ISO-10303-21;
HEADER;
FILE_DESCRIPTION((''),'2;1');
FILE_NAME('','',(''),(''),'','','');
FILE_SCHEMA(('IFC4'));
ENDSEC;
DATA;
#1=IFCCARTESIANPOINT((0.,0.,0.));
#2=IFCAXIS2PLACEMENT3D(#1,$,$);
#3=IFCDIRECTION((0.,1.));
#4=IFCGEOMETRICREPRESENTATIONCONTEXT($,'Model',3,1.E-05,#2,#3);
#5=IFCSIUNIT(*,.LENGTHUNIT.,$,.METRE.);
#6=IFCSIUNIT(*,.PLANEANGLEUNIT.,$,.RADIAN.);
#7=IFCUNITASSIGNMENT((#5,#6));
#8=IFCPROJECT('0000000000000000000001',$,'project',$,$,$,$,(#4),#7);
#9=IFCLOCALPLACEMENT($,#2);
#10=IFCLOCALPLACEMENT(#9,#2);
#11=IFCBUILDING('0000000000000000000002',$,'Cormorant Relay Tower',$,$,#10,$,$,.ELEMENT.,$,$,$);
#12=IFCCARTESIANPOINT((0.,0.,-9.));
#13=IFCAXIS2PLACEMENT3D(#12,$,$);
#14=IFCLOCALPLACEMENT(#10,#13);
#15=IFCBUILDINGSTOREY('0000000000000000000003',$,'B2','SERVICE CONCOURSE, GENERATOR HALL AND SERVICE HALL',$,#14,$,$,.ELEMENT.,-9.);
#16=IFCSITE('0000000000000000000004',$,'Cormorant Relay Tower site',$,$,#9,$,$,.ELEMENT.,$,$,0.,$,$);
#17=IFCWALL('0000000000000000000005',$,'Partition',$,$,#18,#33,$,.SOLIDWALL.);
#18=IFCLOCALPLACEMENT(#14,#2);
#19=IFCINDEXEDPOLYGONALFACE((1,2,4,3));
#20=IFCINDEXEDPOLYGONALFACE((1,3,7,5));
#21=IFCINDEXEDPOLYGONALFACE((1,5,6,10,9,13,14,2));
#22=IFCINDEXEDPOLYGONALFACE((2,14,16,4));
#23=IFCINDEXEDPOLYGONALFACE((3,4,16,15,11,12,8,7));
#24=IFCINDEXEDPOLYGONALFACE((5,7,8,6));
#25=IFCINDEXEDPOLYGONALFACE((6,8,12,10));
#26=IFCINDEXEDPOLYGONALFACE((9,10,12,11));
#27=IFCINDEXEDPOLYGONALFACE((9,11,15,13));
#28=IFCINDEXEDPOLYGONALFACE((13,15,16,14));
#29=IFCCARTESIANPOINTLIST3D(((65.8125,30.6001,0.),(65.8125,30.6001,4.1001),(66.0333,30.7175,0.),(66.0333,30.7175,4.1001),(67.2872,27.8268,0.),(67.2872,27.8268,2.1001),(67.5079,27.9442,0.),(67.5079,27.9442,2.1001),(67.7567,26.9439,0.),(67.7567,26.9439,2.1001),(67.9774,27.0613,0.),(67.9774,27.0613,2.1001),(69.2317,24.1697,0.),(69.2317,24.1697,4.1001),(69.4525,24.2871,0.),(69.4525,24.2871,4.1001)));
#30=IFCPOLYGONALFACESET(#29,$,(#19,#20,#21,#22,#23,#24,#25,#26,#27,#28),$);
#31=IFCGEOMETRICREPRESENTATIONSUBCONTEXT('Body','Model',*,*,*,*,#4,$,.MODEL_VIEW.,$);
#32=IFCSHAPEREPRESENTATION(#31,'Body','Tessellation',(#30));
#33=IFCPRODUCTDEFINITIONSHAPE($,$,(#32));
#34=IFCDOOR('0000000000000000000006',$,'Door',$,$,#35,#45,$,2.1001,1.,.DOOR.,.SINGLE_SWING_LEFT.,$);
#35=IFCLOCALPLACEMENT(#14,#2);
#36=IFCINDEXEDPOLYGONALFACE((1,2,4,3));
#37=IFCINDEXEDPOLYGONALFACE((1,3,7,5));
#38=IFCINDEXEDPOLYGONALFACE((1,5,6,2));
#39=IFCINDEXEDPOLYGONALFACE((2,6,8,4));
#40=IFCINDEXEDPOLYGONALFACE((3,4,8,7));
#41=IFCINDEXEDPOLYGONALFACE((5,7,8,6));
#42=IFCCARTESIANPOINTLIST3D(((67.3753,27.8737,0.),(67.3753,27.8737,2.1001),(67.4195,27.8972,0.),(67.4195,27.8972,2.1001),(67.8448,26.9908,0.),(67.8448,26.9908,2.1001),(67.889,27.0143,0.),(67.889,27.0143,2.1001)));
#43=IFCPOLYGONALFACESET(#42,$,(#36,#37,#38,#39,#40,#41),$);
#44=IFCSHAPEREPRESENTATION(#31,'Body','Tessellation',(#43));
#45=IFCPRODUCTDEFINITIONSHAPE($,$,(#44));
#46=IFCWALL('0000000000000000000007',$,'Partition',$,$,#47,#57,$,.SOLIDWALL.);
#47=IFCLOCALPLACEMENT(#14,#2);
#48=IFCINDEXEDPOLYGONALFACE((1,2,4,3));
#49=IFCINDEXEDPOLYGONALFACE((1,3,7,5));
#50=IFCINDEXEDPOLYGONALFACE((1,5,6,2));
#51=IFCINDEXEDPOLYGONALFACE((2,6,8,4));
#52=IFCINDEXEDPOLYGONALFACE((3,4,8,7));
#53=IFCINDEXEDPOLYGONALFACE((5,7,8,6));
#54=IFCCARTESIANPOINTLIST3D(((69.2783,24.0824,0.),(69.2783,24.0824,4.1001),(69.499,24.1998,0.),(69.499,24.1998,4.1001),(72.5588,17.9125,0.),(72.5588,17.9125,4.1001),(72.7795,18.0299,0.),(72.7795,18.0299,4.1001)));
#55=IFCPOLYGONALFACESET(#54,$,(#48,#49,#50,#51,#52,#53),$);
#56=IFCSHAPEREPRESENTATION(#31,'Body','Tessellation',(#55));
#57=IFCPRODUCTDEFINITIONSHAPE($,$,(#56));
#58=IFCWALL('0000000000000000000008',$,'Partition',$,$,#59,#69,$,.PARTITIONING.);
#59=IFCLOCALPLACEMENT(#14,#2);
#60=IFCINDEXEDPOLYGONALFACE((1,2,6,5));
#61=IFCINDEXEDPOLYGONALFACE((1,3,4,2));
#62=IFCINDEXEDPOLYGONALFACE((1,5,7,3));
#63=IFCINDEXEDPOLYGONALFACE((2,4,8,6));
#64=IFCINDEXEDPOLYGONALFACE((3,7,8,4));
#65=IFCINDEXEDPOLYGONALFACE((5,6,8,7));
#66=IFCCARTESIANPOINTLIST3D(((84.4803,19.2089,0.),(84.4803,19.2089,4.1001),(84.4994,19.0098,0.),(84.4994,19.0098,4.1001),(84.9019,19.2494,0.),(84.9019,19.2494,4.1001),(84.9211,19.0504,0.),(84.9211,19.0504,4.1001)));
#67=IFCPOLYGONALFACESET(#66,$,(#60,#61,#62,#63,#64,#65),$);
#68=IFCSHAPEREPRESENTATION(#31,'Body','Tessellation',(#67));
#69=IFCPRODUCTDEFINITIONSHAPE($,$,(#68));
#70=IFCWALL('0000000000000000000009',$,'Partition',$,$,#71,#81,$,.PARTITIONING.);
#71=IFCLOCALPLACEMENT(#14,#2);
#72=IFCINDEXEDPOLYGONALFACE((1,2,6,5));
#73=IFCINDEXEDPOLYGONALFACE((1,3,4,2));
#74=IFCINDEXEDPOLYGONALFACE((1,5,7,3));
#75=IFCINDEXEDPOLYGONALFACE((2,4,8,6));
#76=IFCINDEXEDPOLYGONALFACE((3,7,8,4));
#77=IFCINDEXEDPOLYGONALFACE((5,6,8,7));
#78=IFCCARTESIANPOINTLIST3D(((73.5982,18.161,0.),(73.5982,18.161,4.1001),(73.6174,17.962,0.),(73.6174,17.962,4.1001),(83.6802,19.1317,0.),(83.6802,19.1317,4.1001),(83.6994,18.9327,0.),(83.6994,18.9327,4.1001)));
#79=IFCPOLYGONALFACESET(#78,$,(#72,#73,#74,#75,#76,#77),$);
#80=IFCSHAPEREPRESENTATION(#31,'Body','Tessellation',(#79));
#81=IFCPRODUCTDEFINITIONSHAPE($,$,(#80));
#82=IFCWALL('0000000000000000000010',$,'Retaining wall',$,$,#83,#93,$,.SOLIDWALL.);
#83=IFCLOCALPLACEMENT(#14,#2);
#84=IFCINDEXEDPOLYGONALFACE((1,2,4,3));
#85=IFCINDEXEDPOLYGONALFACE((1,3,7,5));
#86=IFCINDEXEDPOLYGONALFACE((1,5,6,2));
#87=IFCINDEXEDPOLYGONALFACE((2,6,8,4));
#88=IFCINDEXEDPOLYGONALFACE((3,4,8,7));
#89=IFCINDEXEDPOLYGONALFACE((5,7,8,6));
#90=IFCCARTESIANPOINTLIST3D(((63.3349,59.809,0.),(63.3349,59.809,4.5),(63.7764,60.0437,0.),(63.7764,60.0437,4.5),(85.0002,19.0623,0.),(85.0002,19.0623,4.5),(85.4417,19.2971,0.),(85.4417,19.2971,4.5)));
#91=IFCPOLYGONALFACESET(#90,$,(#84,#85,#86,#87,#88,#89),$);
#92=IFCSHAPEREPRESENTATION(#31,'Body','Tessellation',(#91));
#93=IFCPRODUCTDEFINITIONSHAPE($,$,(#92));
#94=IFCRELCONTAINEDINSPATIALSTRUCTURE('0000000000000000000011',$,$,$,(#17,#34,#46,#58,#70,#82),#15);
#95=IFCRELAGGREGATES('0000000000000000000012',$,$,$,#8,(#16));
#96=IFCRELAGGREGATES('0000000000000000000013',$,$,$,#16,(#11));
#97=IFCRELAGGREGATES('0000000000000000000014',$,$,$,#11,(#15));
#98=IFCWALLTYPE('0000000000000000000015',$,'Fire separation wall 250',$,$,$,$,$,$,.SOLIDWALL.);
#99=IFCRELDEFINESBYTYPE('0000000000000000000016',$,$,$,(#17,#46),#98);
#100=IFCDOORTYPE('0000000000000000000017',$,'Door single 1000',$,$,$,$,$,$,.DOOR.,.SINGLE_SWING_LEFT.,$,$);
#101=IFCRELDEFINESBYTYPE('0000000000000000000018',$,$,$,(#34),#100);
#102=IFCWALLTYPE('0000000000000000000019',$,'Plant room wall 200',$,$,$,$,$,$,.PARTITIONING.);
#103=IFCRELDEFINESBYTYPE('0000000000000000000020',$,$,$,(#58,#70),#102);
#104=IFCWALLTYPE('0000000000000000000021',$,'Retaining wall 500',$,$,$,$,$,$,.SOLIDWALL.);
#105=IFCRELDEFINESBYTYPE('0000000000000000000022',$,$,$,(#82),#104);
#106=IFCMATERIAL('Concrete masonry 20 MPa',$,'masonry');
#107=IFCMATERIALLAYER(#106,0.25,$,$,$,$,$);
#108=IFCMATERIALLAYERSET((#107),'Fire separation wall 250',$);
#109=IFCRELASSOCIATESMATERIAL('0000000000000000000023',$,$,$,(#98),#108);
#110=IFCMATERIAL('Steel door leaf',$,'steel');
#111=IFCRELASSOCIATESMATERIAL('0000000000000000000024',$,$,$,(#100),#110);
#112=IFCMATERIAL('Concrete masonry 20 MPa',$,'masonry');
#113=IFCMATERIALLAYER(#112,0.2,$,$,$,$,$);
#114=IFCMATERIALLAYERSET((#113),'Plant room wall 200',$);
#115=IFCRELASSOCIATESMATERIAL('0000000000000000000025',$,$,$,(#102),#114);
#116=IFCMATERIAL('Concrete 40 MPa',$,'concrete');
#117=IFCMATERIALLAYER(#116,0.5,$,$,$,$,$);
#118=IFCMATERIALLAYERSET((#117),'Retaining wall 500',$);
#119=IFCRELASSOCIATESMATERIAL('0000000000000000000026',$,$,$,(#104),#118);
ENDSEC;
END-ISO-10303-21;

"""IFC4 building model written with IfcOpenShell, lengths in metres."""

from ifc_helpers import new_model, si_unit, direction, frame, frame_2d, origin, place, context, subcontext, project, spatial, rectangle, extrude, material, layer, layer_set, type_object, element, fill, save


model = new_model("IFC4")

# Units and contexts
model_context = context("Model", 3, precision=1e-05, world=origin(), true_north=direction((0.0, 1.0)))
body_context = subcontext(model_context, "Body", "Model", "MODEL_VIEW")
ifc_project = project(units=[si_unit("LENGTHUNIT", "METRE"), si_unit("PLANEANGLEUNIT", "RADIAN")], contexts=[model_context])

# Site, building, storey
site_placement = place(None, origin())
site = spatial("IfcSite", under=ifc_project, at=site_placement, Name="Cormorant Relay Tower site", CompositionType="ELEMENT", RefElevation=0.0)
building_placement = place(site_placement, origin())
building = spatial("IfcBuilding", under=site, at=building_placement, Name="Cormorant Relay Tower", CompositionType="ELEMENT")
storey_placement = place(building_placement, frame((0.0, 0.0, -9.0)))
storey = spatial("IfcBuildingStorey", under=building, at=storey_placement, Name="B2", Description="SERVICE CONCOURSE, GENERATOR HALL AND SERVICE HALL", CompositionType="ELEMENT", Elevation=-9.0)

# Shared definitions
ifc_material_1 = material(Name="Concrete masonry 20 MPa", Category="masonry")
ifc_layer_1 = layer(ifc_material_1, 0.25)
ifc_layer_set_1 = layer_set([ifc_layer_1], Name="Fire separation wall 250")
wall_type_1 = type_object("IfcWallType", Name="Fire separation wall 250", PredefinedType="SOLIDWALL", material=ifc_layer_set_1)

# Wall, opening, door
wall_1_placement = place(storey_placement, frame((65.9229, 30.6589, 0.0), z_axis=(0.0, 0.0, 1.0), x_axis=(0.46948, -0.882943, 0.0)))
wall_1 = element("IfcWall", 1, at=wall_1_placement, inside=storey, type_object=wall_type_1, Name="Partition", PredefinedType="SOLIDWALL", context=body_context, shape_type="SweptSolid", body=[
    extrude(rectangle(XDim=7.283, YDim=0.25, at=frame_2d((3.6416, 0.0))), origin(), (0.0, 0.0, 1.0), 4.1001),
])
opening_placement = place(wall_1_placement, frame((3.1411, 0.0, 0.0)))
opening = element("IfcOpeningElement", 2, at=opening_placement, cuts=wall_1, PredefinedType="OPENING", context=body_context, shape_type="SweptSolid", body=[
    extrude(rectangle(XDim=1.0, YDim=2.1001, at=frame_2d((0.5, 1.05))), frame((0.0, 0.135, 0.0), z_axis=(0.0, -1.0, 0.0), x_axis=(1.0, 0.0, 0.0)), (0.0, 0.0, 1.0), 0.27),
])
ifc_material_2 = material(Name="Steel door leaf", Category="steel")
door_type = type_object("IfcDoorType", Name="Door single 1000", OperationType="SINGLE_SWING_LEFT", PredefinedType="DOOR", material=ifc_material_2)
door_placement = place(opening_placement, origin())
door = element("IfcDoor", 3, at=door_placement, inside=storey, type_object=door_type, Name="Door", OperationType="SINGLE_SWING_LEFT", OverallHeight=2.1001, OverallWidth=1.0, PredefinedType="DOOR", context=body_context, shape_type="SweptSolid", body=[
    extrude(rectangle(XDim=1.0, YDim=2.1001, at=frame_2d((0.5, 1.05))), frame((0.0, 0.0249, 0.0), z_axis=(0.0, -1.0, 0.0), x_axis=(1.0, 0.0, 0.0)), (0.0, 0.0, 1.0), 0.05),
])
fill(opening, door)

# Walls
wall_2_placement = place(storey_placement, frame((69.3887, 24.1411, 0.0), z_axis=(0.0, 0.0, 1.0), x_axis=(0.469462, -0.882953, 0.0)))
element("IfcWall", 4, at=wall_2_placement, inside=storey, type_object=wall_type_1, Name="Partition", PredefinedType="SOLIDWALL", context=body_context, shape_type="SweptSolid", body=[
    extrude(rectangle(XDim=6.9878, YDim=0.25, at=frame_2d((3.4939, 0.0))), origin(), (0.0, 0.0, 1.0), 4.1001),
])
ifc_material_3 = material(Name="Concrete masonry 20 MPa", Category="masonry")
ifc_layer_2 = layer(ifc_material_3, 0.2)
ifc_layer_set_2 = layer_set([ifc_layer_2], Name="Plant room wall 200")
wall_type_2 = type_object("IfcWallType", Name="Plant room wall 200", PredefinedType="PARTITIONING", material=ifc_layer_set_2)
wall_3_placement = place(storey_placement, frame((84.9116, 19.1499, 0.0), z_axis=(0.0, 0.0, 1.0), x_axis=(-0.995412, -0.095679, 0.0)))
element("IfcWall", 5, at=wall_3_placement, inside=storey, type_object=wall_type_2, Name="Partition", PredefinedType="PARTITIONING", context=body_context, shape_type="SweptSolid", body=[
    extrude(rectangle(XDim=0.4236, YDim=0.2, at=frame_2d((0.2119, 0.0))), origin(), (0.0, 0.0, 1.0), 4.1001),
])
wall_4_placement = place(storey_placement, frame((83.6899, 19.0322, 0.0), z_axis=(0.0, 0.0, 1.0), x_axis=(-0.995397, -0.095837, 0.0)))
element("IfcWall", 6, at=wall_4_placement, inside=storey, type_object=wall_type_2, Name="Partition", PredefinedType="PARTITIONING", context=body_context, shape_type="SweptSolid", body=[
    extrude(rectangle(XDim=10.1287, YDim=0.2, at=frame_2d((5.0645, 0.0))), origin(), (0.0, 0.0, 1.0), 4.1001),
])
ifc_material_4 = material(Name="Concrete 40 MPa", Category="concrete")
ifc_layer_3 = layer(ifc_material_4, 0.5)
ifc_layer_set_3 = layer_set([ifc_layer_3], Name="Retaining wall 500")
wall_type_3 = type_object("IfcWallType", Name="Retaining wall 500", PredefinedType="SOLIDWALL", material=ifc_layer_set_3)
wall_5_placement = place(storey_placement, frame((85.2209, 19.1797, 0.0), z_axis=(0.0, 0.0, 1.0), x_axis=(-0.469471, 0.882948, 0.0)))
element("IfcWall", 7, at=wall_5_placement, inside=storey, type_object=wall_type_3, Name="Retaining wall", PredefinedType="SOLIDWALL", context=body_context, shape_type="SweptSolid", body=[
    extrude(rectangle(XDim=46.1484, YDim=0.5, at=frame_2d((23.0742, 0.0))), origin(), (0.0, 0.0, 1.0), 4.5),
])

save(model, "model.ifc")
